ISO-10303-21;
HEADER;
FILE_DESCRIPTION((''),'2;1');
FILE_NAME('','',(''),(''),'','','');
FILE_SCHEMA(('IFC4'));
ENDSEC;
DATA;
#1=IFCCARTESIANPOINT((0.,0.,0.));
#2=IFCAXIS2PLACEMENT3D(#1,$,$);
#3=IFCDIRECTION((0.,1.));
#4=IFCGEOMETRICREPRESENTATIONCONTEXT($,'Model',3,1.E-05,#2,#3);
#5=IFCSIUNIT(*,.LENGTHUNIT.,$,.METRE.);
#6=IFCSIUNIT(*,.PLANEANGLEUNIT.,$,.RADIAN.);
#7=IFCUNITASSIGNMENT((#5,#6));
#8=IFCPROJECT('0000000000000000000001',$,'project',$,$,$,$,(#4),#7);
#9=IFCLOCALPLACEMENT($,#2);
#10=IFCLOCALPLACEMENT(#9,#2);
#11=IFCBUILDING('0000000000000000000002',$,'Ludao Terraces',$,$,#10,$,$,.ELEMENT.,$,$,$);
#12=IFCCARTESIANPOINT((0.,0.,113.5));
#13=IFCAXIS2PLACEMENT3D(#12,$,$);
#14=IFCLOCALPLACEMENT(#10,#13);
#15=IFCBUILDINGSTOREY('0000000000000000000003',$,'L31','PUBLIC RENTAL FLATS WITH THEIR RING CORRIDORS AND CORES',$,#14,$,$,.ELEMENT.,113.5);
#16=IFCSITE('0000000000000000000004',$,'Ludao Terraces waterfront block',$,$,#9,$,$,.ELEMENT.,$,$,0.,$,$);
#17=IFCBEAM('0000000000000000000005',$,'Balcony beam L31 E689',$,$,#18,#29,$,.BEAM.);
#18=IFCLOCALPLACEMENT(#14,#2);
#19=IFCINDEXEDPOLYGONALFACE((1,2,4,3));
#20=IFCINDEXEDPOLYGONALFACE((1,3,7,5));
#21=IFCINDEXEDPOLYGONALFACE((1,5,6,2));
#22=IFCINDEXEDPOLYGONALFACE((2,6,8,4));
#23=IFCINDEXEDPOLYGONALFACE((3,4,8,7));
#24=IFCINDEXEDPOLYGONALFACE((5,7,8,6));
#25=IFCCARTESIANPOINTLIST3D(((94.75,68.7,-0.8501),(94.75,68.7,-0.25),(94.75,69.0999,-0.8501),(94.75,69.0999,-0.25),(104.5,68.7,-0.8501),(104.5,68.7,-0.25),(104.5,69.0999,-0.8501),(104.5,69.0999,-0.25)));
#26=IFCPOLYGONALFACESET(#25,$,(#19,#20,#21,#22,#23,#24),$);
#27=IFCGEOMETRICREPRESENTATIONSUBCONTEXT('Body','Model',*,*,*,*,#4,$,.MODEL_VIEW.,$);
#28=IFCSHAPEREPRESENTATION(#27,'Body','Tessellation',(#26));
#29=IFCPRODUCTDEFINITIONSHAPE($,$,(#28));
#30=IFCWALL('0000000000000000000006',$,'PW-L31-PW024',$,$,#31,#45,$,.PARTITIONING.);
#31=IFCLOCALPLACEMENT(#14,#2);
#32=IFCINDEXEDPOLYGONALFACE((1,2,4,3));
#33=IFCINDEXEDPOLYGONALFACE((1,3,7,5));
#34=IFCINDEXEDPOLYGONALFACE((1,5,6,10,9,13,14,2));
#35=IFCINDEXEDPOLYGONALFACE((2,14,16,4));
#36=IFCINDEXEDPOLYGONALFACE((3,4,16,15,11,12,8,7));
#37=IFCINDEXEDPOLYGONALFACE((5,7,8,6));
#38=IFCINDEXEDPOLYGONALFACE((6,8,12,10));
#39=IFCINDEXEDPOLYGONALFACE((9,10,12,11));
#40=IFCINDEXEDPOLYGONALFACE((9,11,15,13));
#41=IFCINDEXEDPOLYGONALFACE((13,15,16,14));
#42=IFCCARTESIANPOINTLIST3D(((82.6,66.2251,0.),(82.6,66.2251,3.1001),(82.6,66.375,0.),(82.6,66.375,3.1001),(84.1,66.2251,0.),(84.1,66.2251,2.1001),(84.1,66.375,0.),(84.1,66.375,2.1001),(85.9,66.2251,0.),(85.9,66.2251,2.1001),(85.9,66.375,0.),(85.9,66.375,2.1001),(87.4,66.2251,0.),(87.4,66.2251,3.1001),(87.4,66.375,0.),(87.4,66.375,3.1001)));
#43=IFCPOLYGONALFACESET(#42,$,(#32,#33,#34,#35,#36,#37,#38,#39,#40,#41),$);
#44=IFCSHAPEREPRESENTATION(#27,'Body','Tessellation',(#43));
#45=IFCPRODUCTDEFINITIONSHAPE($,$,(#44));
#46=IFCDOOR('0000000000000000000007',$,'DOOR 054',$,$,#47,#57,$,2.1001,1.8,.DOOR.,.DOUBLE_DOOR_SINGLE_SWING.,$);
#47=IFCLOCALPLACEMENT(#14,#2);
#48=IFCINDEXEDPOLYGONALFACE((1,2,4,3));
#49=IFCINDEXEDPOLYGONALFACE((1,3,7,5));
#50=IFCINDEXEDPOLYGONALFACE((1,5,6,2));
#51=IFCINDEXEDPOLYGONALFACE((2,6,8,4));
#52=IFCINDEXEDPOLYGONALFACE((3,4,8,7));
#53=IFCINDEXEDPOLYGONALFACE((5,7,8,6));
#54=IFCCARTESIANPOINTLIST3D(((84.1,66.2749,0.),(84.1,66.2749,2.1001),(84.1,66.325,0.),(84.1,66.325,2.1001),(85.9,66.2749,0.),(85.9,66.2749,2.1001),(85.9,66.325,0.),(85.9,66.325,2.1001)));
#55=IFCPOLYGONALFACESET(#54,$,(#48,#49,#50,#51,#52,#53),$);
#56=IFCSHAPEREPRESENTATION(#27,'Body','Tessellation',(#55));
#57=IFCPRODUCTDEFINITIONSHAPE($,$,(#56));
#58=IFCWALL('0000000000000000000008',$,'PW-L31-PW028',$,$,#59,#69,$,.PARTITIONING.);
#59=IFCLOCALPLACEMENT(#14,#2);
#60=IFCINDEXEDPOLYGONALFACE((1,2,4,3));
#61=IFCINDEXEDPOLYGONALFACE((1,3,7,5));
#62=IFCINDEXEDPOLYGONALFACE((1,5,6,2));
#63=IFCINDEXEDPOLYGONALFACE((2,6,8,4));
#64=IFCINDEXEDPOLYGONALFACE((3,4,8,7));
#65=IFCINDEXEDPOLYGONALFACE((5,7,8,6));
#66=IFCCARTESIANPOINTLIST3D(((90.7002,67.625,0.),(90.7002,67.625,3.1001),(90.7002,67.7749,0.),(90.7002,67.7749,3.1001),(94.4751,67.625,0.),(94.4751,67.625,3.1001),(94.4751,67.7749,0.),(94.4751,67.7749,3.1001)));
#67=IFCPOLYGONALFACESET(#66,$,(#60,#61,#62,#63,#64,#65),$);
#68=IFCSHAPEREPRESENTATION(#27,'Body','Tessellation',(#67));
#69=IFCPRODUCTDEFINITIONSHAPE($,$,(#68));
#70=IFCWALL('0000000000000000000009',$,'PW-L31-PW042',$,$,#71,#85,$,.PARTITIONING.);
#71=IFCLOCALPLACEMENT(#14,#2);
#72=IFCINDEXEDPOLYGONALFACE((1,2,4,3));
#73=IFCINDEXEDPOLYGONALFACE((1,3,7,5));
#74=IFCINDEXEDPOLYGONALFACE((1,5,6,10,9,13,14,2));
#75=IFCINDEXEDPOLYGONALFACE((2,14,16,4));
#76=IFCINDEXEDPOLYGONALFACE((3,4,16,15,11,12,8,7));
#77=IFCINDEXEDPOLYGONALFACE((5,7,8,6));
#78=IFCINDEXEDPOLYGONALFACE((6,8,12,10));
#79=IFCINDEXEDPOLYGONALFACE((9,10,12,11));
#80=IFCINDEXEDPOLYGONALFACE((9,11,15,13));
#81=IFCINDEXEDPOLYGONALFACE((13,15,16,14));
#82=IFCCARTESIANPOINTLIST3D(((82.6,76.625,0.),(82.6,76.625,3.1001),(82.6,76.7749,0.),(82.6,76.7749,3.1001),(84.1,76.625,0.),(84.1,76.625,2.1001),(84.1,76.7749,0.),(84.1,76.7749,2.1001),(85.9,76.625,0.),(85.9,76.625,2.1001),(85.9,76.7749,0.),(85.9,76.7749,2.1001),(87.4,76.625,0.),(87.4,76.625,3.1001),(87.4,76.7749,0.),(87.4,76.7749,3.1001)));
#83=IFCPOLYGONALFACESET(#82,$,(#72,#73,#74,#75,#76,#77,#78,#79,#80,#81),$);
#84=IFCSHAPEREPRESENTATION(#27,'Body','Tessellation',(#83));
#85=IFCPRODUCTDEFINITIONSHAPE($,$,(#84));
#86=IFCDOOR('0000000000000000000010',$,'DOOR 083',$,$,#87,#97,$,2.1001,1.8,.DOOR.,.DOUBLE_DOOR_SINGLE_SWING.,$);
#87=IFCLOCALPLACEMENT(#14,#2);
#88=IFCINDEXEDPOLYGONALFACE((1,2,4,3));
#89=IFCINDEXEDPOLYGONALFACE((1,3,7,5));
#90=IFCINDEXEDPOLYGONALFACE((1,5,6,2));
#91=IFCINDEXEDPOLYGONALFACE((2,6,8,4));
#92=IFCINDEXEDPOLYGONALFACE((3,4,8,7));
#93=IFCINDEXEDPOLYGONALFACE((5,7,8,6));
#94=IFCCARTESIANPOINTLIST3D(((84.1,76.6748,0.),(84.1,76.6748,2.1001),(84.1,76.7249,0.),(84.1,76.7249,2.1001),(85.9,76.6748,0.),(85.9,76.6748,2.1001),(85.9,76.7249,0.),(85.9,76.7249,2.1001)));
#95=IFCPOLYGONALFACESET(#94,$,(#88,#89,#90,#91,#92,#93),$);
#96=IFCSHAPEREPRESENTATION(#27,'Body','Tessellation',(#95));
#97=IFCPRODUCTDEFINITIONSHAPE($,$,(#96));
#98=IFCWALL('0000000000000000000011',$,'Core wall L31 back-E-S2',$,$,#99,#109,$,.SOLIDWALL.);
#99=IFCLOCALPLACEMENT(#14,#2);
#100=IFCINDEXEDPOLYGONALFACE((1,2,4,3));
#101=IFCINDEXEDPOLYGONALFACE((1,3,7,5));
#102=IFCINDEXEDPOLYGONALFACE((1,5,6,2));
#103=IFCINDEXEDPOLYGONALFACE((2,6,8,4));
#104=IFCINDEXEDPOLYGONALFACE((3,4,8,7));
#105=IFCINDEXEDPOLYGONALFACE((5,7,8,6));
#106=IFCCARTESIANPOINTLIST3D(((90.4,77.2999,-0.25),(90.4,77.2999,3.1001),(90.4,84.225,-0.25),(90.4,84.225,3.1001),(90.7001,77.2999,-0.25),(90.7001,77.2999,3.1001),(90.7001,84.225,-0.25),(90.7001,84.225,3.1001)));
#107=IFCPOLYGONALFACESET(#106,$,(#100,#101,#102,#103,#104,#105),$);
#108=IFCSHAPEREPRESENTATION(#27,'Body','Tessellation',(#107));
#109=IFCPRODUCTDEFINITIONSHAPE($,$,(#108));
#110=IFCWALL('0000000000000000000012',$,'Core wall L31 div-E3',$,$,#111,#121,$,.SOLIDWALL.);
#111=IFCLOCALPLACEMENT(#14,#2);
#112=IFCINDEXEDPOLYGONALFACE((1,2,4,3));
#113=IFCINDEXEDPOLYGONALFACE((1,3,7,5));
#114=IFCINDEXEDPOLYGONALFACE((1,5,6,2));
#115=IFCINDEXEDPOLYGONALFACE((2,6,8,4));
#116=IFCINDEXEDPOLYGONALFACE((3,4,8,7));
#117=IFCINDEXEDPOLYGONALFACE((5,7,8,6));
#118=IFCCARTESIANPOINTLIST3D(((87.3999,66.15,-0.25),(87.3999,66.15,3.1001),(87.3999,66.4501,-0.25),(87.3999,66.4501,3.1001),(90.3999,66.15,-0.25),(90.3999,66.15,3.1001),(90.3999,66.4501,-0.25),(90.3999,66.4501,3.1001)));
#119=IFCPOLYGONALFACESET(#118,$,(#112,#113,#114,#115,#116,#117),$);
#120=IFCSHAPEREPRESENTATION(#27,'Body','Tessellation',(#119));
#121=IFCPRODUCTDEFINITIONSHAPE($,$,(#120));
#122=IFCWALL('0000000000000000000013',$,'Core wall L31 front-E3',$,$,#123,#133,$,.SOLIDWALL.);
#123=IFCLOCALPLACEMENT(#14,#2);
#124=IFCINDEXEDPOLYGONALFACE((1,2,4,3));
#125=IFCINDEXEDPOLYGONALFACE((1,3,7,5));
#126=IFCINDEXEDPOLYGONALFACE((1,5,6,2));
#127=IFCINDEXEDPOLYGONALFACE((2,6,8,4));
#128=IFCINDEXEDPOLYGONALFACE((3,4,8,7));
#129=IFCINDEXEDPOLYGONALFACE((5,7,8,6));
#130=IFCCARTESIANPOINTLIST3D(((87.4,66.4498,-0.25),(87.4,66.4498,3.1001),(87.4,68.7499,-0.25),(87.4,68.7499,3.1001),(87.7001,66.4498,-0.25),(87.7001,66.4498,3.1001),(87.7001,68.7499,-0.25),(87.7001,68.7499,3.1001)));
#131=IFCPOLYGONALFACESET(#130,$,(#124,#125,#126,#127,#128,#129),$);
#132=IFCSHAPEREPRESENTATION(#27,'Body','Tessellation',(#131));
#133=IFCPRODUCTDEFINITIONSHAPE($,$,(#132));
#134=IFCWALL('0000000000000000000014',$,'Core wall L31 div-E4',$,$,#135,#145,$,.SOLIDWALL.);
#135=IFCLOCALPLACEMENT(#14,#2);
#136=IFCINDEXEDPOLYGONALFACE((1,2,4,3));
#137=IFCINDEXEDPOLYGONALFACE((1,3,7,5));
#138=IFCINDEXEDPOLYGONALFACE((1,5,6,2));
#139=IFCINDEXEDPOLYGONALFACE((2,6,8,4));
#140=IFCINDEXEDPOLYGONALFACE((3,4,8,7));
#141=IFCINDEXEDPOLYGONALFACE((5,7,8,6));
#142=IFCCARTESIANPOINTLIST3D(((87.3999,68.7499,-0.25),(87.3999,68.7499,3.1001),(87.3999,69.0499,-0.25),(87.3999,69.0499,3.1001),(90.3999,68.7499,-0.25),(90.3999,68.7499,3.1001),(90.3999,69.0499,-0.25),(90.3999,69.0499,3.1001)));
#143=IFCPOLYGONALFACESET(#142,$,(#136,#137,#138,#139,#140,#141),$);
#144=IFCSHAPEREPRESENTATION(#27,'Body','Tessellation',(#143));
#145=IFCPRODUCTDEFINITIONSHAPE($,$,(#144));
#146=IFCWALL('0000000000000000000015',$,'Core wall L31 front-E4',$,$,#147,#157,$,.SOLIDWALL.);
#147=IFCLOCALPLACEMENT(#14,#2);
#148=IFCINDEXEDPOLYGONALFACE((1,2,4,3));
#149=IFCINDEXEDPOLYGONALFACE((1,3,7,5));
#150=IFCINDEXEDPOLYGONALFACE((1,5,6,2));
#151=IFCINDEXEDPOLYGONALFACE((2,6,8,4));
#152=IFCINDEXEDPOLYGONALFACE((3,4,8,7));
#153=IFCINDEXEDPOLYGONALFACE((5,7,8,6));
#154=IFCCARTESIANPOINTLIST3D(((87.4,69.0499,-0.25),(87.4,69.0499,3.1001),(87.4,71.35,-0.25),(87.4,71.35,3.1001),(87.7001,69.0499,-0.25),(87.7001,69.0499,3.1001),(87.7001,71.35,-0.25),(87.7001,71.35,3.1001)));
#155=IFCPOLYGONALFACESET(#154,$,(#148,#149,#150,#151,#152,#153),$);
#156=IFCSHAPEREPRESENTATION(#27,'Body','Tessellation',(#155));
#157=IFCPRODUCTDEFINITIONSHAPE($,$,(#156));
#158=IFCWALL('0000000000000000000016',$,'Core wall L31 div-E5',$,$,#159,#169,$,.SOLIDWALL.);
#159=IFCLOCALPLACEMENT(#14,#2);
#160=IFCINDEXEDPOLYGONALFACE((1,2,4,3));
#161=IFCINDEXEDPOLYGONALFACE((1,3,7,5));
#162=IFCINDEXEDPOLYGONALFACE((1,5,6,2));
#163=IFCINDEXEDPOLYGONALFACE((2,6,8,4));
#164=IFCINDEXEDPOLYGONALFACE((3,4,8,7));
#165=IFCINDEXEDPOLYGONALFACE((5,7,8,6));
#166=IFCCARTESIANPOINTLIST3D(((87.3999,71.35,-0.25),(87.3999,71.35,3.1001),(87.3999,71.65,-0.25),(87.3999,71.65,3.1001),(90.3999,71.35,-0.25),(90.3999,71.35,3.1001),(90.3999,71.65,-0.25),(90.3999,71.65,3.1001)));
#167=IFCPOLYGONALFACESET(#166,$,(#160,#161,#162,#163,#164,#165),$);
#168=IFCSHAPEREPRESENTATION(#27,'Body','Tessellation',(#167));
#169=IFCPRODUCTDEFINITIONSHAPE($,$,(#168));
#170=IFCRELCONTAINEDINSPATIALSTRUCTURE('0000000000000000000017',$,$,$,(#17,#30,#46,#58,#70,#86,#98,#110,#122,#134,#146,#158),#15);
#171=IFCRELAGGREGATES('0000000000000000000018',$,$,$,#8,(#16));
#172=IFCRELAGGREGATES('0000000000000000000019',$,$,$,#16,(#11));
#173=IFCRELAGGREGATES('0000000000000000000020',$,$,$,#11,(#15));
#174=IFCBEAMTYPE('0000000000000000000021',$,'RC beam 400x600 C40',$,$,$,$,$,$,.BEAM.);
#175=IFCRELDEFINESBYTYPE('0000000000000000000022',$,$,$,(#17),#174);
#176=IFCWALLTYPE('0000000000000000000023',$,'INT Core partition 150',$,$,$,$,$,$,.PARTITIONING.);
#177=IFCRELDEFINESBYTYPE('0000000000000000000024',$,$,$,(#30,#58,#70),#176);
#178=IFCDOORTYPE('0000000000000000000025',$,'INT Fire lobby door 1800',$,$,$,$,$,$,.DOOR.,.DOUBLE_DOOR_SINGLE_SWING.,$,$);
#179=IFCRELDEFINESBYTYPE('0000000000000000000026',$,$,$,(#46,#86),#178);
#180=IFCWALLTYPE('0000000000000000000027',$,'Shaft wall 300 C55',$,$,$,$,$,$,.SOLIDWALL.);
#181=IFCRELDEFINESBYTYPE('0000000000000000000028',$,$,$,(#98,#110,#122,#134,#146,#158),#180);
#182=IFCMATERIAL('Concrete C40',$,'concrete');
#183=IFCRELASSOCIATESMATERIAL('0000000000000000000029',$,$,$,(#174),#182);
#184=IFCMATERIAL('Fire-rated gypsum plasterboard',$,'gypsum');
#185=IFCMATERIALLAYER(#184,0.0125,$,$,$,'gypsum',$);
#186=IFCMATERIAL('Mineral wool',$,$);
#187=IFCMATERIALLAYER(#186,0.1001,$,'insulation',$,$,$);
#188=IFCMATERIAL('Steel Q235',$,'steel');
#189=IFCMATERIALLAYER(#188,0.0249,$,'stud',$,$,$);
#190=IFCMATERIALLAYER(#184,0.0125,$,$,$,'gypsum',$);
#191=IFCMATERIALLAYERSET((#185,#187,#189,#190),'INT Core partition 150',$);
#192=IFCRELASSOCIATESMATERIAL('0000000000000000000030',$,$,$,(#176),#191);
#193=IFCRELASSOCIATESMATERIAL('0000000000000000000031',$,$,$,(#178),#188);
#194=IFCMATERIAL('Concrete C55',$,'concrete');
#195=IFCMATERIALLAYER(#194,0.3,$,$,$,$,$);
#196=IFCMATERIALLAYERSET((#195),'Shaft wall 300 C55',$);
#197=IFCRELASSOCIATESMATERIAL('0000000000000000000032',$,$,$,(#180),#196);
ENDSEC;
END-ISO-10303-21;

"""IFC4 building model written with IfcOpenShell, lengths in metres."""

from ifc_helpers import new_model, si_unit, direction, frame, frame_2d, origin, origin_2d, place, context, subcontext, project, spatial, rectangle, extrude, material, layer, layer_set, material_profile, profile_set, type_object, element, fill, save


model = new_model("IFC4")

# Units and contexts
model_context = context("Model", 3, precision=1e-05, world=origin(), true_north=direction((0.0, 1.0)))
body_context = subcontext(model_context, "Body", "Model", "MODEL_VIEW")
ifc_project = project(units=[si_unit("LENGTHUNIT", "METRE"), si_unit("PLANEANGLEUNIT", "RADIAN")], contexts=[model_context])

# Site, building, storey
site_placement = place(None, origin())
site = spatial("IfcSite", under=ifc_project, at=site_placement, Name="Ludao Terraces waterfront block", CompositionType="ELEMENT", RefElevation=0.0)
building_placement = place(site_placement, origin())
building = spatial("IfcBuilding", under=site, at=building_placement, Name="Ludao Terraces", CompositionType="ELEMENT")
storey_placement = place(building_placement, frame((0.0, 0.0, 113.5)))
storey = spatial("IfcBuildingStorey", under=building, at=storey_placement, Name="L31", Description="PUBLIC RENTAL FLATS WITH THEIR RING CORRIDORS AND CORES", CompositionType="ELEMENT", Elevation=113.5)

# Beam
ifc_material_1 = material(Name="Concrete C40", Category="concrete")
ifc_material_profile = material_profile(ifc_material_1, rectangle(XDim=0.3999, YDim=0.6001, at=origin_2d()), Name="400 X 600")
ifc_profile_set = profile_set([ifc_material_profile], Name="Concrete C40")
beam_type = type_object("IfcBeamType", Name="RC beam 400x600 C40", PredefinedType="BEAM", material=ifc_profile_set)
beam_placement = place(storey_placement, frame((94.75, 68.8999, -0.55), z_axis=(1.0, 0.0, 0.0), x_axis=(0.0, 1.0, 0.0)))
element("IfcBeam", 1, at=beam_placement, inside=storey, type_object=beam_type, Name="Balcony beam L31 E689", PredefinedType="BEAM", context=body_context, shape_type="SweptSolid", body=[
    extrude(rectangle(XDim=0.3999, YDim=0.6001, at=origin_2d()), origin(), (0.0, 0.0, 1.0), 9.75),
])

# Wall, opening, door
ifc_material_2 = material(Name="Fire-rated gypsum plasterboard", Category="gypsum")
ifc_layer_1 = layer(ifc_material_2, 0.0125, Category="gypsum")
ifc_material_3 = material(Name="Mineral wool")
ifc_layer_2 = layer(ifc_material_3, 0.1001, Name="insulation")
ifc_material_4 = material(Name="Steel Q235", Category="steel")
ifc_layer_3 = layer(ifc_material_4, 0.0249, Name="stud")
ifc_layer_4 = layer(ifc_material_2, 0.0125, Category="gypsum")
ifc_layer_set_1 = layer_set([ifc_layer_1, ifc_layer_2, ifc_layer_3, ifc_layer_4], Name="INT Core partition 150")
wall_type_1 = type_object("IfcWallType", Name="INT Core partition 150", PredefinedType="PARTITIONING", material=ifc_layer_set_1)
wall_1_placement = place(storey_placement, frame((82.6001, 66.3, 0.0), z_axis=(0.0, 0.0, 1.0), x_axis=(1.0, 0.0, 0.0)))
wall_1 = element("IfcWall", 2, at=wall_1_placement, inside=storey, type_object=wall_type_1, Name="PW-L31-PW024", PredefinedType="PARTITIONING", context=body_context, shape_type="SweptSolid", body=[
    extrude(rectangle(XDim=4.8, YDim=0.1499, at=frame_2d((2.3999, 0.0))), origin(), (0.0, 0.0, 1.0), 3.1001),
])
opening_1_placement = place(wall_1_placement, frame((1.5, 0.0, 0.0)))
opening_1 = element("IfcOpeningElement", 3, at=opening_1_placement, cuts=wall_1, PredefinedType="OPENING", context=body_context, shape_type="SweptSolid", body=[
    extrude(rectangle(XDim=1.8, YDim=2.1001, at=frame_2d((0.8999, 1.05))), frame((0.0, 0.085, 0.0), z_axis=(0.0, -1.0, 0.0), x_axis=(1.0, 0.0, 0.0)), (0.0, 0.0, 1.0), 0.1699),
])
door_type_1 = type_object("IfcDoorType", Name="INT Fire lobby door 1800", OperationType="DOUBLE_DOOR_SINGLE_SWING", PredefinedType="DOOR", material=ifc_material_4)
door_1_placement = place(opening_1_placement, origin())
door_1 = element("IfcDoor", 4, at=door_1_placement, inside=storey, type_object=door_type_1, Name="DOOR 054", OperationType="DOUBLE_DOOR_SINGLE_SWING", OverallHeight=2.1001, OverallWidth=1.8, PredefinedType="DOOR", context=body_context, shape_type="SweptSolid", body=[
    extrude(rectangle(XDim=1.8, YDim=2.1001, at=frame_2d((0.8999, 1.05))), frame((0.0, 0.0249, 0.0), z_axis=(0.0, -1.0, 0.0), x_axis=(1.0, 0.0, 0.0)), (0.0, 0.0, 1.0), 0.05),
])
fill(opening_1, door_1)

# Wall
wall_2_placement = place(storey_placement, frame((90.7002, 67.7, 0.0), z_axis=(0.0, 0.0, 1.0), x_axis=(1.0, 0.0, 0.0)))
element("IfcWall", 5, at=wall_2_placement, inside=storey, type_object=wall_type_1, Name="PW-L31-PW028", PredefinedType="PARTITIONING", context=body_context, shape_type="SweptSolid", body=[
    extrude(rectangle(XDim=3.7749, YDim=0.1499, at=frame_2d((1.8875, 0.0))), origin(), (0.0, 0.0, 1.0), 3.1001),
])

# Wall, opening, door
wall_3_placement = place(storey_placement, frame((82.6001, 76.7, 0.0), z_axis=(0.0, 0.0, 1.0), x_axis=(1.0, 0.0, 0.0)))
wall_3 = element("IfcWall", 6, at=wall_3_placement, inside=storey, type_object=wall_type_1, Name="PW-L31-PW042", PredefinedType="PARTITIONING", context=body_context, shape_type="SweptSolid", body=[
    extrude(rectangle(XDim=4.8, YDim=0.1499, at=frame_2d((2.3999, 0.0))), origin(), (0.0, 0.0, 1.0), 3.1001),
])
opening_2_placement = place(wall_3_placement, frame((1.5, 0.0, 0.0)))
opening_2 = element("IfcOpeningElement", 7, at=opening_2_placement, cuts=wall_3, PredefinedType="OPENING", context=body_context, shape_type="SweptSolid", body=[
    extrude(rectangle(XDim=1.8, YDim=2.1001, at=frame_2d((0.8999, 1.05))), frame((0.0, 0.085, 0.0), z_axis=(0.0, -1.0, 0.0), x_axis=(1.0, 0.0, 0.0)), (0.0, 0.0, 1.0), 0.1699),
])
door_2_placement = place(opening_2_placement, origin())
door_2 = element("IfcDoor", 8, at=door_2_placement, inside=storey, type_object=door_type_1, Name="DOOR 083", OperationType="DOUBLE_DOOR_SINGLE_SWING", OverallHeight=2.1001, OverallWidth=1.8, PredefinedType="DOOR", context=body_context, shape_type="SweptSolid", body=[
    extrude(rectangle(XDim=1.8, YDim=2.1001, at=frame_2d((0.8999, 1.05))), frame((0.0, 0.0249, 0.0), z_axis=(0.0, -1.0, 0.0), x_axis=(1.0, 0.0, 0.0)), (0.0, 0.0, 1.0), 0.05),
])
fill(opening_2, door_2)

# Walls
ifc_material_5 = material(Name="Concrete C55", Category="concrete")
ifc_layer_5 = layer(ifc_material_5, 0.3)
ifc_layer_set_2 = layer_set([ifc_layer_5], Name="Shaft wall 300 C55")
wall_type_2 = type_object("IfcWallType", Name="Shaft wall 300 C55", PredefinedType="SOLIDWALL", material=ifc_layer_set_2)
wall_4_placement = place(storey_placement, frame((90.55, 77.3, -0.25), z_axis=(0.0, 0.0, 1.0), x_axis=(0.0, 1.0, 0.0)))
element("IfcWall", 9, at=wall_4_placement, inside=storey, type_object=wall_type_2, Name="Core wall L31 back-E-S2", PredefinedType="SOLIDWALL", context=body_context, shape_type="SweptSolid", body=[
    extrude(rectangle(XDim=6.925, YDim=0.3, at=frame_2d((3.4624, 0.0))), origin(), (0.0, 0.0, 1.0), 3.3501),
])
wall_5_placement = place(storey_placement, frame((87.3999, 66.3, -0.25), z_axis=(0.0, 0.0, 1.0), x_axis=(1.0, 0.0, 0.0)))
element("IfcWall", 10, at=wall_5_placement, inside=storey, type_object=wall_type_2, Name="Core wall L31 div-E3", PredefinedType="SOLIDWALL", context=body_context, shape_type="SweptSolid", body=[
    extrude(rectangle(XDim=3.0, YDim=0.3, at=frame_2d((1.5, 0.0))), origin(), (0.0, 0.0, 1.0), 3.3501),
])
wall_6_placement = place(storey_placement, frame((87.55, 66.45, -0.25), z_axis=(0.0, 0.0, 1.0), x_axis=(0.0, 1.0, 0.0)))
element("IfcWall", 11, at=wall_6_placement, inside=storey, type_object=wall_type_2, Name="Core wall L31 front-E3", PredefinedType="SOLIDWALL", context=body_context, shape_type="SweptSolid", body=[
    extrude(rectangle(XDim=2.3, YDim=0.3, at=frame_2d((1.1499, 0.0))), origin(), (0.0, 0.0, 1.0), 3.3501),
])
wall_7_placement = place(storey_placement, frame((87.3999, 68.8999, -0.25), z_axis=(0.0, 0.0, 1.0), x_axis=(1.0, 0.0, 0.0)))
element("IfcWall", 12, at=wall_7_placement, inside=storey, type_object=wall_type_2, Name="Core wall L31 div-E4", PredefinedType="SOLIDWALL", context=body_context, shape_type="SweptSolid", body=[
    extrude(rectangle(XDim=3.0, YDim=0.3, at=frame_2d((1.5, 0.0))), origin(), (0.0, 0.0, 1.0), 3.3501),
])
wall_8_placement = place(storey_placement, frame((87.55, 69.05, -0.25), z_axis=(0.0, 0.0, 1.0), x_axis=(0.0, 1.0, 0.0)))
element("IfcWall", 13, at=wall_8_placement, inside=storey, type_object=wall_type_2, Name="Core wall L31 front-E4", PredefinedType="SOLIDWALL", context=body_context, shape_type="SweptSolid", body=[
    extrude(rectangle(XDim=2.3, YDim=0.3, at=frame_2d((1.1499, 0.0))), origin(), (0.0, 0.0, 1.0), 3.3501),
])
wall_9_placement = place(storey_placement, frame((87.3999, 71.5, -0.25), z_axis=(0.0, 0.0, 1.0), x_axis=(1.0, 0.0, 0.0)))
element("IfcWall", 14, at=wall_9_placement, inside=storey, type_object=wall_type_2, Name="Core wall L31 div-E5", PredefinedType="SOLIDWALL", context=body_context, shape_type="SweptSolid", body=[
    extrude(rectangle(XDim=3.0, YDim=0.3, at=frame_2d((1.5, 0.0))), origin(), (0.0, 0.0, 1.0), 3.3501),
])

save(model, "model.ifc")
